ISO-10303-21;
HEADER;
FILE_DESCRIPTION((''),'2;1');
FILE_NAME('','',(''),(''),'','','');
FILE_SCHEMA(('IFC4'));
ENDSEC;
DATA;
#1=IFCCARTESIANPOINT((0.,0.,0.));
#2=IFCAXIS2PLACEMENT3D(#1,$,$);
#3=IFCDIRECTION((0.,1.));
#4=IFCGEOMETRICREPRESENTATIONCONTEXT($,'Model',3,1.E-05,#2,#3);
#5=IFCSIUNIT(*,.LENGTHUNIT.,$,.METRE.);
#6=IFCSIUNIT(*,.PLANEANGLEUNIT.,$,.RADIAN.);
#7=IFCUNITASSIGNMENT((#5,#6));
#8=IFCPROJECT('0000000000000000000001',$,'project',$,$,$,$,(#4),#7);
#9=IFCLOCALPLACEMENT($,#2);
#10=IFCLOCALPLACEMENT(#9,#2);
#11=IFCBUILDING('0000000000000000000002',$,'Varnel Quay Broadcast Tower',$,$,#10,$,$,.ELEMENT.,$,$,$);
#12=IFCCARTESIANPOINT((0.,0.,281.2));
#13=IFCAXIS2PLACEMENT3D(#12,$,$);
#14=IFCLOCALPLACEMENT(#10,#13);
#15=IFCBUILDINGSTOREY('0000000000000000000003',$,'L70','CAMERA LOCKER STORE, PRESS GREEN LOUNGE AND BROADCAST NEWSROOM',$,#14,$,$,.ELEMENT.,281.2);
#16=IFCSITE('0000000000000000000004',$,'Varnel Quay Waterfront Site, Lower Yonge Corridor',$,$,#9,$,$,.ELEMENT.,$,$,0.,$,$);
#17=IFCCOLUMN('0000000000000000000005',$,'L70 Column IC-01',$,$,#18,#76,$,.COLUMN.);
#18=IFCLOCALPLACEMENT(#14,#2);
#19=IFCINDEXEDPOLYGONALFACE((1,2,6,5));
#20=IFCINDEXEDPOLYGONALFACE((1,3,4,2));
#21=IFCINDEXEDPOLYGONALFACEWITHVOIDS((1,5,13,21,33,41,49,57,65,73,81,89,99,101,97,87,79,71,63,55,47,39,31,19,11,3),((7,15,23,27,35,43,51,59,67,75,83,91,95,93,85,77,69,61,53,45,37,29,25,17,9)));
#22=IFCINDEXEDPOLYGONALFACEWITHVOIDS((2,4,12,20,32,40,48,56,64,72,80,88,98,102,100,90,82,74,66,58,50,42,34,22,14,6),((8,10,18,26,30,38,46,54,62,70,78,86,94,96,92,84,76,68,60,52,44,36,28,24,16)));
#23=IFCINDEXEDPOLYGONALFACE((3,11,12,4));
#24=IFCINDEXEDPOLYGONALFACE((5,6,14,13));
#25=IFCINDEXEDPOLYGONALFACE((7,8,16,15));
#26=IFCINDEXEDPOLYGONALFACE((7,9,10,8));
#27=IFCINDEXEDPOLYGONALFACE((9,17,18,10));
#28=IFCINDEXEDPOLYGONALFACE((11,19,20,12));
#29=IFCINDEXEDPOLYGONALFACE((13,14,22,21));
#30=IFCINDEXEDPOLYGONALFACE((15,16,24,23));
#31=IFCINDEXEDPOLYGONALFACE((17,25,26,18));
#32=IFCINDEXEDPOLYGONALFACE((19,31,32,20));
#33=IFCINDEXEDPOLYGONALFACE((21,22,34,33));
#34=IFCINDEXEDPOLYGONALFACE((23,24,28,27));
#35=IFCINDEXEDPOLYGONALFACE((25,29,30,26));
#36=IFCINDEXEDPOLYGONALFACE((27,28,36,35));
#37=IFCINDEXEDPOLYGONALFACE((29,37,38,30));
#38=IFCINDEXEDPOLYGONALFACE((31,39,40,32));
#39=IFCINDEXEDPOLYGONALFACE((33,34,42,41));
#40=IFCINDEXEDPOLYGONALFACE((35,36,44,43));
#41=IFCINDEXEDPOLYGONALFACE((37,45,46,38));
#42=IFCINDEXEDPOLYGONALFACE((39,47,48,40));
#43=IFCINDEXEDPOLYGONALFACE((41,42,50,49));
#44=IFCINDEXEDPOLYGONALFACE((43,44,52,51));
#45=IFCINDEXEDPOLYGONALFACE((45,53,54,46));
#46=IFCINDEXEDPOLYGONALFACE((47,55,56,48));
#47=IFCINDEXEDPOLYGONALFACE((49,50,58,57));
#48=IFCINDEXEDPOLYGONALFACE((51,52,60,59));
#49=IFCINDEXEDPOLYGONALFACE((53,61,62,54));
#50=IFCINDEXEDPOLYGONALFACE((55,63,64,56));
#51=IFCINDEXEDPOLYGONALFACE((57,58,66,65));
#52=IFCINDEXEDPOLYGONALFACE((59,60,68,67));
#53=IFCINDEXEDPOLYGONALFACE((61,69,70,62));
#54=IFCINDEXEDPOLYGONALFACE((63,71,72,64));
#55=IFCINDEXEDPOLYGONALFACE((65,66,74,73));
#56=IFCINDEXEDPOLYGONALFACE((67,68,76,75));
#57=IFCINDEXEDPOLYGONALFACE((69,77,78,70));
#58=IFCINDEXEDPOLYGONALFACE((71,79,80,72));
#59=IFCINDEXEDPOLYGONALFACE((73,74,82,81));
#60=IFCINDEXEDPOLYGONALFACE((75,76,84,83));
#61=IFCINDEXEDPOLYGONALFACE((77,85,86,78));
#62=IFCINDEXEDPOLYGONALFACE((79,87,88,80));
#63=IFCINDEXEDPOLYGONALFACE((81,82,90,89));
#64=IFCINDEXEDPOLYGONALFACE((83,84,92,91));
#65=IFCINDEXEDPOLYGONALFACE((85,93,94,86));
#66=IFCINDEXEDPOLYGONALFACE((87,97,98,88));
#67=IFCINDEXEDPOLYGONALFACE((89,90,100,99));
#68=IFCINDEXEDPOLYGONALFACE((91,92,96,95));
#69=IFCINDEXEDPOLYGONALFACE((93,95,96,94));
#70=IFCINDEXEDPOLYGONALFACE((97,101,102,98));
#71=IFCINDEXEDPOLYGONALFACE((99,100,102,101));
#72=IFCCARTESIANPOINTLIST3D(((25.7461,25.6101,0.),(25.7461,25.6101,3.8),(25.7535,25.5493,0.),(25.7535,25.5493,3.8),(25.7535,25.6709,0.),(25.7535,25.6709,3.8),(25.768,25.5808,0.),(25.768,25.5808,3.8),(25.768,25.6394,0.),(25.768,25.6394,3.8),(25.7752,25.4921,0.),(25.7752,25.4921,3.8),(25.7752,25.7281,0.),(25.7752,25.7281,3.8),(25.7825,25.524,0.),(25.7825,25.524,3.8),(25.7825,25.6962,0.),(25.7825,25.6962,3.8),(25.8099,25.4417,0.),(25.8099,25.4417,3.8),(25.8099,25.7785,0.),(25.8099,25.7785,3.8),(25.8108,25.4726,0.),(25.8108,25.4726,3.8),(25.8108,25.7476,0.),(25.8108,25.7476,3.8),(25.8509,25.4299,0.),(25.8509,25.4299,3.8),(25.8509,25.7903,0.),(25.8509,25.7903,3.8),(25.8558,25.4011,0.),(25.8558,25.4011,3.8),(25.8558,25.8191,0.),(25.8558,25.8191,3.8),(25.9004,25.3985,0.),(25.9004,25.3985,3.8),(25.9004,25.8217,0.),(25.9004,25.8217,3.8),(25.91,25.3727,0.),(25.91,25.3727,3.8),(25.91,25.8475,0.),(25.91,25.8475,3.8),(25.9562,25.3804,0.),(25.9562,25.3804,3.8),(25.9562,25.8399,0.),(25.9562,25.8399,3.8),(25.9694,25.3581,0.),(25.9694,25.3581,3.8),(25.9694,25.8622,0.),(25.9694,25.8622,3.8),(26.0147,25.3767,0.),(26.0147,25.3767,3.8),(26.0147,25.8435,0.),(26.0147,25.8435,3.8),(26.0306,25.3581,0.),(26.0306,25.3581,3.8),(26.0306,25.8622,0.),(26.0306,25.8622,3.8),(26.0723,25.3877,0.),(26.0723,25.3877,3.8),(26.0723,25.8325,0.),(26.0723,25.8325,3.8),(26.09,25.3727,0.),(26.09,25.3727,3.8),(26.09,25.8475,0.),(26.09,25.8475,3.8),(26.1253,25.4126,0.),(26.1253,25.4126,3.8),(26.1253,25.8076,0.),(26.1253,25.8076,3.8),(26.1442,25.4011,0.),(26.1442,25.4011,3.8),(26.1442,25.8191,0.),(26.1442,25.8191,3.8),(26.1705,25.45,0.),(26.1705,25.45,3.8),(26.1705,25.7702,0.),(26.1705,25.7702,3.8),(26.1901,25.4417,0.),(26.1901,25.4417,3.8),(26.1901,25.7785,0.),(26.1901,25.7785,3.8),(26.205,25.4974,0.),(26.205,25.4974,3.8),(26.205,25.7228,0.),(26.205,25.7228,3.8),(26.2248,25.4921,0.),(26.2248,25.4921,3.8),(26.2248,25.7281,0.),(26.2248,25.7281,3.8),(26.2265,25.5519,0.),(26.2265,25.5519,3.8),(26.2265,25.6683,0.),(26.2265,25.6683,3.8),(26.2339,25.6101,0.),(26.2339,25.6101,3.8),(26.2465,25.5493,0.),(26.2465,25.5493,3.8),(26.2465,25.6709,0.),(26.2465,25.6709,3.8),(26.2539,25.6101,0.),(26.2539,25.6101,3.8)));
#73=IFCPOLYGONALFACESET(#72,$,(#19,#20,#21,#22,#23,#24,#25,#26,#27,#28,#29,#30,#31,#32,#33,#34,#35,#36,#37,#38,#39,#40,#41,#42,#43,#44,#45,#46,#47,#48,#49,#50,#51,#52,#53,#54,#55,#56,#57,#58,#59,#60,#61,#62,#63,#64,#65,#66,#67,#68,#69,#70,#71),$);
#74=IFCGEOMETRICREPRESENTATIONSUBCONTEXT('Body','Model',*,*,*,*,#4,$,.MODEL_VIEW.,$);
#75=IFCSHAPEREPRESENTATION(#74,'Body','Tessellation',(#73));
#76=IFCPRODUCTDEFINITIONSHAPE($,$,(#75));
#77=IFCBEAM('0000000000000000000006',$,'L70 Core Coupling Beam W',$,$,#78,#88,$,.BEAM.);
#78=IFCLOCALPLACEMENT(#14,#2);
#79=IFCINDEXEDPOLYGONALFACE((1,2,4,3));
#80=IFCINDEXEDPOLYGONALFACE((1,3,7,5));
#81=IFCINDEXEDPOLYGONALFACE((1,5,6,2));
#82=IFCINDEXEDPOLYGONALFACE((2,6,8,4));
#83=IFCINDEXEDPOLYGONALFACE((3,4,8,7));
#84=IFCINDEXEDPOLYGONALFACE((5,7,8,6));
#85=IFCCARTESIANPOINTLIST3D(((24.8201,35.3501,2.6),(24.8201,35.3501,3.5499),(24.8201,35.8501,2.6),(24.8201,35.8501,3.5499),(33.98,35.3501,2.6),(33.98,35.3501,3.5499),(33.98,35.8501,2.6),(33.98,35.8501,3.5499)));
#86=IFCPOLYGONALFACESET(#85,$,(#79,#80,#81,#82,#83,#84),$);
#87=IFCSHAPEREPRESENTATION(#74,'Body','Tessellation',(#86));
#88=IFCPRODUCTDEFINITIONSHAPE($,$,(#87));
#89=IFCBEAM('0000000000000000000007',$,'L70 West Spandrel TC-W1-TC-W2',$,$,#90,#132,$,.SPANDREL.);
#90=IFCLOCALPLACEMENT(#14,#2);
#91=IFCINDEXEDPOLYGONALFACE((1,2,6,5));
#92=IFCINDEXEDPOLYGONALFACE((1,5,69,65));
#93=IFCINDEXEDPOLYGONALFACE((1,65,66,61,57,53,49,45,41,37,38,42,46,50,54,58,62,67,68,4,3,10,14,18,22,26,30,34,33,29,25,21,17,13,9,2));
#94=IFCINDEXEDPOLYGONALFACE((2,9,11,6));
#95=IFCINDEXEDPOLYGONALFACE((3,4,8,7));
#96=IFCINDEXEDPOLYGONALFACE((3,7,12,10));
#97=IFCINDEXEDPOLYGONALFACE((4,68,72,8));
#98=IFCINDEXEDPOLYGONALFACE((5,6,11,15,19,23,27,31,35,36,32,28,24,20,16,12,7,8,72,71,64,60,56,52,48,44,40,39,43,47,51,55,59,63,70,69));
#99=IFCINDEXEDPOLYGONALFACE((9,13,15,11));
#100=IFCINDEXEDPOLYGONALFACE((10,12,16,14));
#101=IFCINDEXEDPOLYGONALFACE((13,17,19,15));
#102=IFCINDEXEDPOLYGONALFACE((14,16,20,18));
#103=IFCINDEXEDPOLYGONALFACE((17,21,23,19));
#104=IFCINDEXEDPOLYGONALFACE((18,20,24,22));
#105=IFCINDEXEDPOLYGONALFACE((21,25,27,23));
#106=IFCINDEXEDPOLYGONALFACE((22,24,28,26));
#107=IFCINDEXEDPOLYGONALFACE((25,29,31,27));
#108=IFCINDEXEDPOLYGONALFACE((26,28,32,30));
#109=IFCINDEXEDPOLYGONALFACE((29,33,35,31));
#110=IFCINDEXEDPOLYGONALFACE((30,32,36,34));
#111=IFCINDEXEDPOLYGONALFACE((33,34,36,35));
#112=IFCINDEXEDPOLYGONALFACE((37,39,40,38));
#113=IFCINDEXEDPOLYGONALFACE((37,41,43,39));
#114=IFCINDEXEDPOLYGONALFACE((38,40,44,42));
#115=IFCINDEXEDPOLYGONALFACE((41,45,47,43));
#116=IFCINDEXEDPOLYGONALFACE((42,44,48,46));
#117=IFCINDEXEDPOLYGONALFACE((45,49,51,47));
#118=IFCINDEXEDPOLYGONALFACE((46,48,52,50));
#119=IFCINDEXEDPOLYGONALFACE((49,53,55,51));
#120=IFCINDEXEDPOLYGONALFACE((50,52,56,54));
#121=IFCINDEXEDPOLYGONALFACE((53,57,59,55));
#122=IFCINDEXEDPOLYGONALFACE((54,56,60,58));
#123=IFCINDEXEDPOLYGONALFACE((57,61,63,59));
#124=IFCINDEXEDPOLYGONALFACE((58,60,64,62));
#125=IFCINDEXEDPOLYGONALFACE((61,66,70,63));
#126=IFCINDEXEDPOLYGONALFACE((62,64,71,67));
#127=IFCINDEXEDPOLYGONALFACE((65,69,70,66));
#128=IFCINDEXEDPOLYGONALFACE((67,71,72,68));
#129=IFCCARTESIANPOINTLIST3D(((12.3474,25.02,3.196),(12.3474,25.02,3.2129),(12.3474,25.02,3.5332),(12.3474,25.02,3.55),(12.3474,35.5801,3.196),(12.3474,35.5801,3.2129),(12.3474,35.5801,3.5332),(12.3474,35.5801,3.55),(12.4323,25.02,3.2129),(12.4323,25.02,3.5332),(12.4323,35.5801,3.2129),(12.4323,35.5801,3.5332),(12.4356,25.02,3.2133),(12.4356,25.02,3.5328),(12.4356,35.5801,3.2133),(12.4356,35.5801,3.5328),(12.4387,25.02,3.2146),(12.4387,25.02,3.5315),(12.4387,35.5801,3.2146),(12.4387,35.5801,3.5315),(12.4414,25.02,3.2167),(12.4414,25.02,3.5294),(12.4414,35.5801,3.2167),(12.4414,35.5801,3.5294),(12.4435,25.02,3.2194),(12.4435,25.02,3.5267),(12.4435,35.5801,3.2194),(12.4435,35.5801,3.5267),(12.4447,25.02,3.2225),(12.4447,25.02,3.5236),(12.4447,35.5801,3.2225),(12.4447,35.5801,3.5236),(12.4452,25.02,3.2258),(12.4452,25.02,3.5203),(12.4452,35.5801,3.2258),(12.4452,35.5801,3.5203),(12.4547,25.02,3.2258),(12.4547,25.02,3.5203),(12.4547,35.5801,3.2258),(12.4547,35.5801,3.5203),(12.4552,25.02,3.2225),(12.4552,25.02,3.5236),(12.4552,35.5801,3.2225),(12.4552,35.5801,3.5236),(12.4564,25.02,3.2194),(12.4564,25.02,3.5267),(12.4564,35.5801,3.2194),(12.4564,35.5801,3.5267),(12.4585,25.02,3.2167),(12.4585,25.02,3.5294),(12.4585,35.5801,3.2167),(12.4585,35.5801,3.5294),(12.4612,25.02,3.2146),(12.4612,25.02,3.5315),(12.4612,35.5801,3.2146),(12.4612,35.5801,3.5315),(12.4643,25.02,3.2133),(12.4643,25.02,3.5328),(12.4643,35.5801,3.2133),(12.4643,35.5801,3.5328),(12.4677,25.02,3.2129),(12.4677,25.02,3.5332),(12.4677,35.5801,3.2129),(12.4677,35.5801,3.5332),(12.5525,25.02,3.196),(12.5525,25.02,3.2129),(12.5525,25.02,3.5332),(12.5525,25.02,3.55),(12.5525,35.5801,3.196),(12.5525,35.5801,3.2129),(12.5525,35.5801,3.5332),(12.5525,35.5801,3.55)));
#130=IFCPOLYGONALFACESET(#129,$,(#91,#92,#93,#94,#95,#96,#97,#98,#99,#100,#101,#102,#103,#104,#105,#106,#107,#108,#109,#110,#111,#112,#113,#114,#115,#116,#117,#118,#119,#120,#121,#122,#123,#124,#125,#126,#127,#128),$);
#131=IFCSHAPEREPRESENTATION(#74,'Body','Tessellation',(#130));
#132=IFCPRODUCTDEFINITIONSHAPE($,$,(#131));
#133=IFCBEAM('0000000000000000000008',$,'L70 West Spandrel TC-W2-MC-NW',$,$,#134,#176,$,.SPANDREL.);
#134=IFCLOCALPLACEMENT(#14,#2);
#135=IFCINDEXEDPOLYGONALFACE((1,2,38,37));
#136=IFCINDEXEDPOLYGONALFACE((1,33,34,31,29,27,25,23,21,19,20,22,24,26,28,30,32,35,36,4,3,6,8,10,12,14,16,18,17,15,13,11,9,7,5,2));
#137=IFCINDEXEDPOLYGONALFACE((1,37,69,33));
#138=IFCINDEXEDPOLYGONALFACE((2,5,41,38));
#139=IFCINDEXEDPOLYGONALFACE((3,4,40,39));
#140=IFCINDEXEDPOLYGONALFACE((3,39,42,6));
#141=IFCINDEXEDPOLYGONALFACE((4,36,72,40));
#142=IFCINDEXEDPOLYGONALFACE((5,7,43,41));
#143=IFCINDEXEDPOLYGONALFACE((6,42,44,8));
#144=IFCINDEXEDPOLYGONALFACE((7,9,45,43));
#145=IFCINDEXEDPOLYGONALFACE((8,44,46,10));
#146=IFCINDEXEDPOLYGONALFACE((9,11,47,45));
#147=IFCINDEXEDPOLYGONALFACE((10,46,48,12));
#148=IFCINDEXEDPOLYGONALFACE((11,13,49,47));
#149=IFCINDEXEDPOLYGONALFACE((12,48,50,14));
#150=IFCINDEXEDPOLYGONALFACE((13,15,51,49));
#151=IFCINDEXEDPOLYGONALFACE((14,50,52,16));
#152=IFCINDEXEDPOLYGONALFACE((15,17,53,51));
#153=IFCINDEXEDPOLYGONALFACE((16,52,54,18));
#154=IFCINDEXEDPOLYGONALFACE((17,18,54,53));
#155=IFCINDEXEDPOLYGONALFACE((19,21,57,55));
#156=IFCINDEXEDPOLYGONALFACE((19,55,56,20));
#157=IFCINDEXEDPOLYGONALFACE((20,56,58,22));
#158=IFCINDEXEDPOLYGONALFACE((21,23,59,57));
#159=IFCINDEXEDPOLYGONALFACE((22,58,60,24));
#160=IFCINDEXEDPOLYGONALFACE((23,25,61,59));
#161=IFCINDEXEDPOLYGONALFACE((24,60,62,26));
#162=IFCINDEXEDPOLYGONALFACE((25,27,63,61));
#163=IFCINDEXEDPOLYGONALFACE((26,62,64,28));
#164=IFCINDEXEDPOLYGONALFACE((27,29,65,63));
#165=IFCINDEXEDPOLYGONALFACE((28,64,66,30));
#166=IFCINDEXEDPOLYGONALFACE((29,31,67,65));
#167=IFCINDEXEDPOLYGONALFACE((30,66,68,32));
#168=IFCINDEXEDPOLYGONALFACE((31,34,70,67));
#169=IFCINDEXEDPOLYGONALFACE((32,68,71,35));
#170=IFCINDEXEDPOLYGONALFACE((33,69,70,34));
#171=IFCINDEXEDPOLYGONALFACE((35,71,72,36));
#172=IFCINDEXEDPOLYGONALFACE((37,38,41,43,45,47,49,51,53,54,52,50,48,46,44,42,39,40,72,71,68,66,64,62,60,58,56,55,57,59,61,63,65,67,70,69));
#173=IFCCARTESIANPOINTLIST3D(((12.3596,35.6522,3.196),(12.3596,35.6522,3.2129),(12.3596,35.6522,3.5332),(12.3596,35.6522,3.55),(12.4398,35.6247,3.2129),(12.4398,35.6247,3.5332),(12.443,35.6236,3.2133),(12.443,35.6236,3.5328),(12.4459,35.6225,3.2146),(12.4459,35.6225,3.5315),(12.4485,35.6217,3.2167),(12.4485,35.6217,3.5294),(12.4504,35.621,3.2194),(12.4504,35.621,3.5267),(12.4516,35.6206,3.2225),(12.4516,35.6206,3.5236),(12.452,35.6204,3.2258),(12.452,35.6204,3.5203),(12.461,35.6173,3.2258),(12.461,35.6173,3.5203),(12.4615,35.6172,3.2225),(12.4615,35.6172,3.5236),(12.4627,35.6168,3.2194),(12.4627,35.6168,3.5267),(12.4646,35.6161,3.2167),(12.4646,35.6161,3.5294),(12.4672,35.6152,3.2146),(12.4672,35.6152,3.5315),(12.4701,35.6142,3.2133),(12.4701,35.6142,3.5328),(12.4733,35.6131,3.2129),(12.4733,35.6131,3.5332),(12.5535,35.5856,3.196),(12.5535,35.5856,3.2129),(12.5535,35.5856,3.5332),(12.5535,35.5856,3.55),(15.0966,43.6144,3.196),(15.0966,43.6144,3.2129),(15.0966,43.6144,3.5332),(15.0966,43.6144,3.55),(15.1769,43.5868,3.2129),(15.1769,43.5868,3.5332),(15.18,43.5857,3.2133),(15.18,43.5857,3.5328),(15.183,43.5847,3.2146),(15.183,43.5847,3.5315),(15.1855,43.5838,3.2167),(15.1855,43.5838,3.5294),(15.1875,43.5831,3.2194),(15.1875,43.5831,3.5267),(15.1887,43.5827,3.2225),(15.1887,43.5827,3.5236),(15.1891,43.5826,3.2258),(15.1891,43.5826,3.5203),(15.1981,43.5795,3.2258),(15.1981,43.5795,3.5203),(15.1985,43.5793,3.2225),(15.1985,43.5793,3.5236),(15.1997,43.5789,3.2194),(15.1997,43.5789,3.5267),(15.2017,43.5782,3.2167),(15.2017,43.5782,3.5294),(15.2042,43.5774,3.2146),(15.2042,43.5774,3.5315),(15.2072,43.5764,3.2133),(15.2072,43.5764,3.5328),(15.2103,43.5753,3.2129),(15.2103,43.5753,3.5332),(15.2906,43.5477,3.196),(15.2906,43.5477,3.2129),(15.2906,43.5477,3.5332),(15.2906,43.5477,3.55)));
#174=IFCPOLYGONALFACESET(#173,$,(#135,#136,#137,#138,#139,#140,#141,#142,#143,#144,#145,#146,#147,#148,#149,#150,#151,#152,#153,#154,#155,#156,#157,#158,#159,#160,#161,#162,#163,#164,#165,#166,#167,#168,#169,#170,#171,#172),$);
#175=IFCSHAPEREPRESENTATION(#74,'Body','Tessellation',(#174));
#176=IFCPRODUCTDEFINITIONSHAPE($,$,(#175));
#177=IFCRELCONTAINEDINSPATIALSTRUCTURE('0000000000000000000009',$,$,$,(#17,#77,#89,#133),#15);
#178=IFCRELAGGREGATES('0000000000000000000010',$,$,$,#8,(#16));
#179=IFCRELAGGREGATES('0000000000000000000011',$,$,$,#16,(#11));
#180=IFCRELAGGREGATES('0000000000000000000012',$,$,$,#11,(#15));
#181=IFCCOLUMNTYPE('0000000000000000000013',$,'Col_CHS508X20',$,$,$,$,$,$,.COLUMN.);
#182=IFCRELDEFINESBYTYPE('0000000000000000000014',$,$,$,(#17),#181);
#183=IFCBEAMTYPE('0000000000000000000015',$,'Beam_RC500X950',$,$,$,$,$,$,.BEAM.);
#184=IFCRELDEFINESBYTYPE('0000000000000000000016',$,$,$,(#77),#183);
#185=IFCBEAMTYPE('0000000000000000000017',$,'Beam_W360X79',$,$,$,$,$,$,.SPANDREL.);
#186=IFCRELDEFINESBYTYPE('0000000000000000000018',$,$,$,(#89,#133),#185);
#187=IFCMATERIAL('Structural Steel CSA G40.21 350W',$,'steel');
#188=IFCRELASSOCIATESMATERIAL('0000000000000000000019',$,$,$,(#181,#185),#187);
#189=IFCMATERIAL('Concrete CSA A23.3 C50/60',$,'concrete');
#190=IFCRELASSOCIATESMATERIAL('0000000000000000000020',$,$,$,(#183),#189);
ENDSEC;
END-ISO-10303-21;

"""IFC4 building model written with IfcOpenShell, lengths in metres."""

from ifc_helpers import new_model, si_unit, direction, frame, origin, origin_2d, place, context, subcontext, project, spatial, rectangle, hollow_circle, i_section, extrude, source, transform, mapped, material, material_profile, profile_set, type_object, type_shapes, element, save


model = new_model("IFC4")

# Units and contexts
model_context = context("Model", 3, precision=1e-05, world=origin(), true_north=direction((0.0, 1.0)))
body_context = subcontext(model_context, "Body", "Model", "MODEL_VIEW")
ifc_project = project(units=[si_unit("LENGTHUNIT", "METRE"), si_unit("PLANEANGLEUNIT", "RADIAN")], contexts=[model_context])

# Site, building, storey
site_placement = place(None, origin())
site = spatial("IfcSite", under=ifc_project, at=site_placement, Name="Varnel Quay Waterfront Site, Lower Yonge Corridor", CompositionType="ELEMENT", RefElevation=0.0)
building_placement = place(site_placement, origin())
building = spatial("IfcBuilding", under=site, at=building_placement, Name="Varnel Quay Broadcast Tower", CompositionType="ELEMENT")
storey_placement = place(building_placement, frame((0.0, 0.0, 281.2)))
storey = spatial("IfcBuildingStorey", under=building, at=storey_placement, Name="L70", Description="CAMERA LOCKER STORE, PRESS GREEN LOUNGE AND BROADCAST NEWSROOM", CompositionType="ELEMENT", Elevation=281.2)

# Column
ifc_material_1 = material(Name="Structural Steel CSA G40.21 350W", Category="steel")
ifc_material_profile_1 = material_profile(ifc_material_1, hollow_circle(Radius=0.2539, WallThickness=0.02, at=origin_2d()), Name="CHS508X20")
ifc_profile_set_1 = profile_set([ifc_material_profile_1], Name="Structural Steel CSA G40.21 350W")
column_type_1 = type_object("IfcColumnType", Name="Col_CHS508X20", PredefinedType="COLUMN", material=ifc_profile_set_1)
shared_shape_1 = source(origin(), body_context, "Body", "SweptSolid", [
    extrude(hollow_circle(Radius=0.2539, WallThickness=0.02, at=origin_2d()), origin(), (0.0, 0.0, 1.0), 3.8),
])
type_shapes(column_type_1, [shared_shape_1])
column_placement = place(storey_placement, frame((26.0, 25.6101, 0.0), z_axis=(0.0, 0.0, 1.0), x_axis=(1.0, 0.0, 0.0)))
element("IfcColumn", 1, at=column_placement, inside=storey, type_object=column_type_1, Name="L70 Column IC-01", PredefinedType="COLUMN", context=body_context, shape_type="MappedRepresentation", body=[
    mapped(shared_shape_1, transform((0.0, 0.0, 0.0), x_axis=(1.0, 0.0, 0.0), y_axis=(0.0, 1.0, 0.0), z_axis=(0.0, 0.0, 1.0), scale=1.0)),
])

# Beams
ifc_material_2 = material(Name="Concrete CSA A23.3 C50/60", Category="concrete")
ifc_material_profile_2 = material_profile(ifc_material_2, rectangle(XDim=0.5, YDim=0.95, at=origin_2d()), Name="RC500X950")
ifc_profile_set_2 = profile_set([ifc_material_profile_2], Name="Concrete CSA A23.3 C50/60")
beam_type_1 = type_object("IfcBeamType", Name="Beam_RC500X950", PredefinedType="BEAM", material=ifc_profile_set_2)
shared_shape_2 = source(origin(), body_context, "Body", "SweptSolid", [
    extrude(rectangle(XDim=0.5, YDim=0.95, at=origin_2d()), origin(), (0.0, 0.0, 1.0), 9.1599),
])
type_shapes(beam_type_1, [shared_shape_2])
beam_1_placement = place(storey_placement, frame((24.8201, 35.6001, 3.075), z_axis=(1.0, 0.0, 0.0), x_axis=(0.0, 1.0, 0.0)))
element("IfcBeam", 2, at=beam_1_placement, inside=storey, type_object=beam_type_1, Name="L70 Core Coupling Beam W", PredefinedType="BEAM", context=body_context, shape_type="MappedRepresentation", body=[
    mapped(shared_shape_2, transform((0.0, 0.0, 0.0), x_axis=(1.0, 0.0, 0.0), y_axis=(0.0, 1.0, 0.0), z_axis=(0.0, 0.0, 1.0), scale=1.0)),
])
ifc_material_profile_3 = material_profile(ifc_material_1, i_section(OverallWidth=0.2051, OverallDepth=0.354, WebThickness=0.0095, FlangeThickness=0.0168, FilletRadius=0.0129, at=origin_2d()), Name="W360X79")
ifc_profile_set_3 = profile_set([ifc_material_profile_3], Name="Structural Steel CSA G40.21 350W")
beam_type_2 = type_object("IfcBeamType", Name="Beam_W360X79", PredefinedType="SPANDREL", material=ifc_profile_set_3)
shared_shape_3 = source(origin(), body_context, "Body", "SweptSolid", [
    extrude(i_section(OverallWidth=0.2051, OverallDepth=0.354, WebThickness=0.0095, FlangeThickness=0.0168, FilletRadius=0.0129, at=origin_2d()), origin(), (0.0, 0.0, 1.0), 10.5601),
])
beam_2_placement = place(storey_placement, frame((12.45, 25.02, 3.373), z_axis=(0.0, 1.0, 0.0), x_axis=(-1.0, 0.0, 0.0)))
element("IfcBeam", 3, at=beam_2_placement, inside=storey, type_object=beam_type_2, Name="L70 West Spandrel TC-W1-TC-W2", PredefinedType="SPANDREL", context=body_context, shape_type="MappedRepresentation", body=[
    mapped(shared_shape_3, transform((0.0, 0.0, 0.0), x_axis=(1.0, 0.0, 0.0), y_axis=(0.0, 1.0, 0.0), z_axis=(0.0, 0.0, 1.0), scale=1.0)),
])
shared_shape_4 = source(origin(), body_context, "Body", "SweptSolid", [
    extrude(i_section(OverallWidth=0.2051, OverallDepth=0.354, WebThickness=0.0095, FlangeThickness=0.0168, FilletRadius=0.0129, at=origin_2d()), origin(), (0.0, 0.0, 1.0), 8.4194),
])
type_shapes(beam_type_2, [shared_shape_3, shared_shape_4])
beam_3_placement = place(storey_placement, frame((12.4565, 35.6189, 3.373), z_axis=(0.325087, 0.945684, 0.0), x_axis=(-0.945684, 0.325087, 0.0)))
element("IfcBeam", 4, at=beam_3_placement, inside=storey, type_object=beam_type_2, Name="L70 West Spandrel TC-W2-MC-NW", PredefinedType="SPANDREL", context=body_context, shape_type="MappedRepresentation", body=[
    mapped(shared_shape_4, transform((0.0, 0.0, 0.0), x_axis=(1.0, 0.0, 0.0), y_axis=(0.0, 1.0, 0.0), z_axis=(0.0, 0.0, 1.0), scale=1.0)),
])

save(model, "model.ifc")
